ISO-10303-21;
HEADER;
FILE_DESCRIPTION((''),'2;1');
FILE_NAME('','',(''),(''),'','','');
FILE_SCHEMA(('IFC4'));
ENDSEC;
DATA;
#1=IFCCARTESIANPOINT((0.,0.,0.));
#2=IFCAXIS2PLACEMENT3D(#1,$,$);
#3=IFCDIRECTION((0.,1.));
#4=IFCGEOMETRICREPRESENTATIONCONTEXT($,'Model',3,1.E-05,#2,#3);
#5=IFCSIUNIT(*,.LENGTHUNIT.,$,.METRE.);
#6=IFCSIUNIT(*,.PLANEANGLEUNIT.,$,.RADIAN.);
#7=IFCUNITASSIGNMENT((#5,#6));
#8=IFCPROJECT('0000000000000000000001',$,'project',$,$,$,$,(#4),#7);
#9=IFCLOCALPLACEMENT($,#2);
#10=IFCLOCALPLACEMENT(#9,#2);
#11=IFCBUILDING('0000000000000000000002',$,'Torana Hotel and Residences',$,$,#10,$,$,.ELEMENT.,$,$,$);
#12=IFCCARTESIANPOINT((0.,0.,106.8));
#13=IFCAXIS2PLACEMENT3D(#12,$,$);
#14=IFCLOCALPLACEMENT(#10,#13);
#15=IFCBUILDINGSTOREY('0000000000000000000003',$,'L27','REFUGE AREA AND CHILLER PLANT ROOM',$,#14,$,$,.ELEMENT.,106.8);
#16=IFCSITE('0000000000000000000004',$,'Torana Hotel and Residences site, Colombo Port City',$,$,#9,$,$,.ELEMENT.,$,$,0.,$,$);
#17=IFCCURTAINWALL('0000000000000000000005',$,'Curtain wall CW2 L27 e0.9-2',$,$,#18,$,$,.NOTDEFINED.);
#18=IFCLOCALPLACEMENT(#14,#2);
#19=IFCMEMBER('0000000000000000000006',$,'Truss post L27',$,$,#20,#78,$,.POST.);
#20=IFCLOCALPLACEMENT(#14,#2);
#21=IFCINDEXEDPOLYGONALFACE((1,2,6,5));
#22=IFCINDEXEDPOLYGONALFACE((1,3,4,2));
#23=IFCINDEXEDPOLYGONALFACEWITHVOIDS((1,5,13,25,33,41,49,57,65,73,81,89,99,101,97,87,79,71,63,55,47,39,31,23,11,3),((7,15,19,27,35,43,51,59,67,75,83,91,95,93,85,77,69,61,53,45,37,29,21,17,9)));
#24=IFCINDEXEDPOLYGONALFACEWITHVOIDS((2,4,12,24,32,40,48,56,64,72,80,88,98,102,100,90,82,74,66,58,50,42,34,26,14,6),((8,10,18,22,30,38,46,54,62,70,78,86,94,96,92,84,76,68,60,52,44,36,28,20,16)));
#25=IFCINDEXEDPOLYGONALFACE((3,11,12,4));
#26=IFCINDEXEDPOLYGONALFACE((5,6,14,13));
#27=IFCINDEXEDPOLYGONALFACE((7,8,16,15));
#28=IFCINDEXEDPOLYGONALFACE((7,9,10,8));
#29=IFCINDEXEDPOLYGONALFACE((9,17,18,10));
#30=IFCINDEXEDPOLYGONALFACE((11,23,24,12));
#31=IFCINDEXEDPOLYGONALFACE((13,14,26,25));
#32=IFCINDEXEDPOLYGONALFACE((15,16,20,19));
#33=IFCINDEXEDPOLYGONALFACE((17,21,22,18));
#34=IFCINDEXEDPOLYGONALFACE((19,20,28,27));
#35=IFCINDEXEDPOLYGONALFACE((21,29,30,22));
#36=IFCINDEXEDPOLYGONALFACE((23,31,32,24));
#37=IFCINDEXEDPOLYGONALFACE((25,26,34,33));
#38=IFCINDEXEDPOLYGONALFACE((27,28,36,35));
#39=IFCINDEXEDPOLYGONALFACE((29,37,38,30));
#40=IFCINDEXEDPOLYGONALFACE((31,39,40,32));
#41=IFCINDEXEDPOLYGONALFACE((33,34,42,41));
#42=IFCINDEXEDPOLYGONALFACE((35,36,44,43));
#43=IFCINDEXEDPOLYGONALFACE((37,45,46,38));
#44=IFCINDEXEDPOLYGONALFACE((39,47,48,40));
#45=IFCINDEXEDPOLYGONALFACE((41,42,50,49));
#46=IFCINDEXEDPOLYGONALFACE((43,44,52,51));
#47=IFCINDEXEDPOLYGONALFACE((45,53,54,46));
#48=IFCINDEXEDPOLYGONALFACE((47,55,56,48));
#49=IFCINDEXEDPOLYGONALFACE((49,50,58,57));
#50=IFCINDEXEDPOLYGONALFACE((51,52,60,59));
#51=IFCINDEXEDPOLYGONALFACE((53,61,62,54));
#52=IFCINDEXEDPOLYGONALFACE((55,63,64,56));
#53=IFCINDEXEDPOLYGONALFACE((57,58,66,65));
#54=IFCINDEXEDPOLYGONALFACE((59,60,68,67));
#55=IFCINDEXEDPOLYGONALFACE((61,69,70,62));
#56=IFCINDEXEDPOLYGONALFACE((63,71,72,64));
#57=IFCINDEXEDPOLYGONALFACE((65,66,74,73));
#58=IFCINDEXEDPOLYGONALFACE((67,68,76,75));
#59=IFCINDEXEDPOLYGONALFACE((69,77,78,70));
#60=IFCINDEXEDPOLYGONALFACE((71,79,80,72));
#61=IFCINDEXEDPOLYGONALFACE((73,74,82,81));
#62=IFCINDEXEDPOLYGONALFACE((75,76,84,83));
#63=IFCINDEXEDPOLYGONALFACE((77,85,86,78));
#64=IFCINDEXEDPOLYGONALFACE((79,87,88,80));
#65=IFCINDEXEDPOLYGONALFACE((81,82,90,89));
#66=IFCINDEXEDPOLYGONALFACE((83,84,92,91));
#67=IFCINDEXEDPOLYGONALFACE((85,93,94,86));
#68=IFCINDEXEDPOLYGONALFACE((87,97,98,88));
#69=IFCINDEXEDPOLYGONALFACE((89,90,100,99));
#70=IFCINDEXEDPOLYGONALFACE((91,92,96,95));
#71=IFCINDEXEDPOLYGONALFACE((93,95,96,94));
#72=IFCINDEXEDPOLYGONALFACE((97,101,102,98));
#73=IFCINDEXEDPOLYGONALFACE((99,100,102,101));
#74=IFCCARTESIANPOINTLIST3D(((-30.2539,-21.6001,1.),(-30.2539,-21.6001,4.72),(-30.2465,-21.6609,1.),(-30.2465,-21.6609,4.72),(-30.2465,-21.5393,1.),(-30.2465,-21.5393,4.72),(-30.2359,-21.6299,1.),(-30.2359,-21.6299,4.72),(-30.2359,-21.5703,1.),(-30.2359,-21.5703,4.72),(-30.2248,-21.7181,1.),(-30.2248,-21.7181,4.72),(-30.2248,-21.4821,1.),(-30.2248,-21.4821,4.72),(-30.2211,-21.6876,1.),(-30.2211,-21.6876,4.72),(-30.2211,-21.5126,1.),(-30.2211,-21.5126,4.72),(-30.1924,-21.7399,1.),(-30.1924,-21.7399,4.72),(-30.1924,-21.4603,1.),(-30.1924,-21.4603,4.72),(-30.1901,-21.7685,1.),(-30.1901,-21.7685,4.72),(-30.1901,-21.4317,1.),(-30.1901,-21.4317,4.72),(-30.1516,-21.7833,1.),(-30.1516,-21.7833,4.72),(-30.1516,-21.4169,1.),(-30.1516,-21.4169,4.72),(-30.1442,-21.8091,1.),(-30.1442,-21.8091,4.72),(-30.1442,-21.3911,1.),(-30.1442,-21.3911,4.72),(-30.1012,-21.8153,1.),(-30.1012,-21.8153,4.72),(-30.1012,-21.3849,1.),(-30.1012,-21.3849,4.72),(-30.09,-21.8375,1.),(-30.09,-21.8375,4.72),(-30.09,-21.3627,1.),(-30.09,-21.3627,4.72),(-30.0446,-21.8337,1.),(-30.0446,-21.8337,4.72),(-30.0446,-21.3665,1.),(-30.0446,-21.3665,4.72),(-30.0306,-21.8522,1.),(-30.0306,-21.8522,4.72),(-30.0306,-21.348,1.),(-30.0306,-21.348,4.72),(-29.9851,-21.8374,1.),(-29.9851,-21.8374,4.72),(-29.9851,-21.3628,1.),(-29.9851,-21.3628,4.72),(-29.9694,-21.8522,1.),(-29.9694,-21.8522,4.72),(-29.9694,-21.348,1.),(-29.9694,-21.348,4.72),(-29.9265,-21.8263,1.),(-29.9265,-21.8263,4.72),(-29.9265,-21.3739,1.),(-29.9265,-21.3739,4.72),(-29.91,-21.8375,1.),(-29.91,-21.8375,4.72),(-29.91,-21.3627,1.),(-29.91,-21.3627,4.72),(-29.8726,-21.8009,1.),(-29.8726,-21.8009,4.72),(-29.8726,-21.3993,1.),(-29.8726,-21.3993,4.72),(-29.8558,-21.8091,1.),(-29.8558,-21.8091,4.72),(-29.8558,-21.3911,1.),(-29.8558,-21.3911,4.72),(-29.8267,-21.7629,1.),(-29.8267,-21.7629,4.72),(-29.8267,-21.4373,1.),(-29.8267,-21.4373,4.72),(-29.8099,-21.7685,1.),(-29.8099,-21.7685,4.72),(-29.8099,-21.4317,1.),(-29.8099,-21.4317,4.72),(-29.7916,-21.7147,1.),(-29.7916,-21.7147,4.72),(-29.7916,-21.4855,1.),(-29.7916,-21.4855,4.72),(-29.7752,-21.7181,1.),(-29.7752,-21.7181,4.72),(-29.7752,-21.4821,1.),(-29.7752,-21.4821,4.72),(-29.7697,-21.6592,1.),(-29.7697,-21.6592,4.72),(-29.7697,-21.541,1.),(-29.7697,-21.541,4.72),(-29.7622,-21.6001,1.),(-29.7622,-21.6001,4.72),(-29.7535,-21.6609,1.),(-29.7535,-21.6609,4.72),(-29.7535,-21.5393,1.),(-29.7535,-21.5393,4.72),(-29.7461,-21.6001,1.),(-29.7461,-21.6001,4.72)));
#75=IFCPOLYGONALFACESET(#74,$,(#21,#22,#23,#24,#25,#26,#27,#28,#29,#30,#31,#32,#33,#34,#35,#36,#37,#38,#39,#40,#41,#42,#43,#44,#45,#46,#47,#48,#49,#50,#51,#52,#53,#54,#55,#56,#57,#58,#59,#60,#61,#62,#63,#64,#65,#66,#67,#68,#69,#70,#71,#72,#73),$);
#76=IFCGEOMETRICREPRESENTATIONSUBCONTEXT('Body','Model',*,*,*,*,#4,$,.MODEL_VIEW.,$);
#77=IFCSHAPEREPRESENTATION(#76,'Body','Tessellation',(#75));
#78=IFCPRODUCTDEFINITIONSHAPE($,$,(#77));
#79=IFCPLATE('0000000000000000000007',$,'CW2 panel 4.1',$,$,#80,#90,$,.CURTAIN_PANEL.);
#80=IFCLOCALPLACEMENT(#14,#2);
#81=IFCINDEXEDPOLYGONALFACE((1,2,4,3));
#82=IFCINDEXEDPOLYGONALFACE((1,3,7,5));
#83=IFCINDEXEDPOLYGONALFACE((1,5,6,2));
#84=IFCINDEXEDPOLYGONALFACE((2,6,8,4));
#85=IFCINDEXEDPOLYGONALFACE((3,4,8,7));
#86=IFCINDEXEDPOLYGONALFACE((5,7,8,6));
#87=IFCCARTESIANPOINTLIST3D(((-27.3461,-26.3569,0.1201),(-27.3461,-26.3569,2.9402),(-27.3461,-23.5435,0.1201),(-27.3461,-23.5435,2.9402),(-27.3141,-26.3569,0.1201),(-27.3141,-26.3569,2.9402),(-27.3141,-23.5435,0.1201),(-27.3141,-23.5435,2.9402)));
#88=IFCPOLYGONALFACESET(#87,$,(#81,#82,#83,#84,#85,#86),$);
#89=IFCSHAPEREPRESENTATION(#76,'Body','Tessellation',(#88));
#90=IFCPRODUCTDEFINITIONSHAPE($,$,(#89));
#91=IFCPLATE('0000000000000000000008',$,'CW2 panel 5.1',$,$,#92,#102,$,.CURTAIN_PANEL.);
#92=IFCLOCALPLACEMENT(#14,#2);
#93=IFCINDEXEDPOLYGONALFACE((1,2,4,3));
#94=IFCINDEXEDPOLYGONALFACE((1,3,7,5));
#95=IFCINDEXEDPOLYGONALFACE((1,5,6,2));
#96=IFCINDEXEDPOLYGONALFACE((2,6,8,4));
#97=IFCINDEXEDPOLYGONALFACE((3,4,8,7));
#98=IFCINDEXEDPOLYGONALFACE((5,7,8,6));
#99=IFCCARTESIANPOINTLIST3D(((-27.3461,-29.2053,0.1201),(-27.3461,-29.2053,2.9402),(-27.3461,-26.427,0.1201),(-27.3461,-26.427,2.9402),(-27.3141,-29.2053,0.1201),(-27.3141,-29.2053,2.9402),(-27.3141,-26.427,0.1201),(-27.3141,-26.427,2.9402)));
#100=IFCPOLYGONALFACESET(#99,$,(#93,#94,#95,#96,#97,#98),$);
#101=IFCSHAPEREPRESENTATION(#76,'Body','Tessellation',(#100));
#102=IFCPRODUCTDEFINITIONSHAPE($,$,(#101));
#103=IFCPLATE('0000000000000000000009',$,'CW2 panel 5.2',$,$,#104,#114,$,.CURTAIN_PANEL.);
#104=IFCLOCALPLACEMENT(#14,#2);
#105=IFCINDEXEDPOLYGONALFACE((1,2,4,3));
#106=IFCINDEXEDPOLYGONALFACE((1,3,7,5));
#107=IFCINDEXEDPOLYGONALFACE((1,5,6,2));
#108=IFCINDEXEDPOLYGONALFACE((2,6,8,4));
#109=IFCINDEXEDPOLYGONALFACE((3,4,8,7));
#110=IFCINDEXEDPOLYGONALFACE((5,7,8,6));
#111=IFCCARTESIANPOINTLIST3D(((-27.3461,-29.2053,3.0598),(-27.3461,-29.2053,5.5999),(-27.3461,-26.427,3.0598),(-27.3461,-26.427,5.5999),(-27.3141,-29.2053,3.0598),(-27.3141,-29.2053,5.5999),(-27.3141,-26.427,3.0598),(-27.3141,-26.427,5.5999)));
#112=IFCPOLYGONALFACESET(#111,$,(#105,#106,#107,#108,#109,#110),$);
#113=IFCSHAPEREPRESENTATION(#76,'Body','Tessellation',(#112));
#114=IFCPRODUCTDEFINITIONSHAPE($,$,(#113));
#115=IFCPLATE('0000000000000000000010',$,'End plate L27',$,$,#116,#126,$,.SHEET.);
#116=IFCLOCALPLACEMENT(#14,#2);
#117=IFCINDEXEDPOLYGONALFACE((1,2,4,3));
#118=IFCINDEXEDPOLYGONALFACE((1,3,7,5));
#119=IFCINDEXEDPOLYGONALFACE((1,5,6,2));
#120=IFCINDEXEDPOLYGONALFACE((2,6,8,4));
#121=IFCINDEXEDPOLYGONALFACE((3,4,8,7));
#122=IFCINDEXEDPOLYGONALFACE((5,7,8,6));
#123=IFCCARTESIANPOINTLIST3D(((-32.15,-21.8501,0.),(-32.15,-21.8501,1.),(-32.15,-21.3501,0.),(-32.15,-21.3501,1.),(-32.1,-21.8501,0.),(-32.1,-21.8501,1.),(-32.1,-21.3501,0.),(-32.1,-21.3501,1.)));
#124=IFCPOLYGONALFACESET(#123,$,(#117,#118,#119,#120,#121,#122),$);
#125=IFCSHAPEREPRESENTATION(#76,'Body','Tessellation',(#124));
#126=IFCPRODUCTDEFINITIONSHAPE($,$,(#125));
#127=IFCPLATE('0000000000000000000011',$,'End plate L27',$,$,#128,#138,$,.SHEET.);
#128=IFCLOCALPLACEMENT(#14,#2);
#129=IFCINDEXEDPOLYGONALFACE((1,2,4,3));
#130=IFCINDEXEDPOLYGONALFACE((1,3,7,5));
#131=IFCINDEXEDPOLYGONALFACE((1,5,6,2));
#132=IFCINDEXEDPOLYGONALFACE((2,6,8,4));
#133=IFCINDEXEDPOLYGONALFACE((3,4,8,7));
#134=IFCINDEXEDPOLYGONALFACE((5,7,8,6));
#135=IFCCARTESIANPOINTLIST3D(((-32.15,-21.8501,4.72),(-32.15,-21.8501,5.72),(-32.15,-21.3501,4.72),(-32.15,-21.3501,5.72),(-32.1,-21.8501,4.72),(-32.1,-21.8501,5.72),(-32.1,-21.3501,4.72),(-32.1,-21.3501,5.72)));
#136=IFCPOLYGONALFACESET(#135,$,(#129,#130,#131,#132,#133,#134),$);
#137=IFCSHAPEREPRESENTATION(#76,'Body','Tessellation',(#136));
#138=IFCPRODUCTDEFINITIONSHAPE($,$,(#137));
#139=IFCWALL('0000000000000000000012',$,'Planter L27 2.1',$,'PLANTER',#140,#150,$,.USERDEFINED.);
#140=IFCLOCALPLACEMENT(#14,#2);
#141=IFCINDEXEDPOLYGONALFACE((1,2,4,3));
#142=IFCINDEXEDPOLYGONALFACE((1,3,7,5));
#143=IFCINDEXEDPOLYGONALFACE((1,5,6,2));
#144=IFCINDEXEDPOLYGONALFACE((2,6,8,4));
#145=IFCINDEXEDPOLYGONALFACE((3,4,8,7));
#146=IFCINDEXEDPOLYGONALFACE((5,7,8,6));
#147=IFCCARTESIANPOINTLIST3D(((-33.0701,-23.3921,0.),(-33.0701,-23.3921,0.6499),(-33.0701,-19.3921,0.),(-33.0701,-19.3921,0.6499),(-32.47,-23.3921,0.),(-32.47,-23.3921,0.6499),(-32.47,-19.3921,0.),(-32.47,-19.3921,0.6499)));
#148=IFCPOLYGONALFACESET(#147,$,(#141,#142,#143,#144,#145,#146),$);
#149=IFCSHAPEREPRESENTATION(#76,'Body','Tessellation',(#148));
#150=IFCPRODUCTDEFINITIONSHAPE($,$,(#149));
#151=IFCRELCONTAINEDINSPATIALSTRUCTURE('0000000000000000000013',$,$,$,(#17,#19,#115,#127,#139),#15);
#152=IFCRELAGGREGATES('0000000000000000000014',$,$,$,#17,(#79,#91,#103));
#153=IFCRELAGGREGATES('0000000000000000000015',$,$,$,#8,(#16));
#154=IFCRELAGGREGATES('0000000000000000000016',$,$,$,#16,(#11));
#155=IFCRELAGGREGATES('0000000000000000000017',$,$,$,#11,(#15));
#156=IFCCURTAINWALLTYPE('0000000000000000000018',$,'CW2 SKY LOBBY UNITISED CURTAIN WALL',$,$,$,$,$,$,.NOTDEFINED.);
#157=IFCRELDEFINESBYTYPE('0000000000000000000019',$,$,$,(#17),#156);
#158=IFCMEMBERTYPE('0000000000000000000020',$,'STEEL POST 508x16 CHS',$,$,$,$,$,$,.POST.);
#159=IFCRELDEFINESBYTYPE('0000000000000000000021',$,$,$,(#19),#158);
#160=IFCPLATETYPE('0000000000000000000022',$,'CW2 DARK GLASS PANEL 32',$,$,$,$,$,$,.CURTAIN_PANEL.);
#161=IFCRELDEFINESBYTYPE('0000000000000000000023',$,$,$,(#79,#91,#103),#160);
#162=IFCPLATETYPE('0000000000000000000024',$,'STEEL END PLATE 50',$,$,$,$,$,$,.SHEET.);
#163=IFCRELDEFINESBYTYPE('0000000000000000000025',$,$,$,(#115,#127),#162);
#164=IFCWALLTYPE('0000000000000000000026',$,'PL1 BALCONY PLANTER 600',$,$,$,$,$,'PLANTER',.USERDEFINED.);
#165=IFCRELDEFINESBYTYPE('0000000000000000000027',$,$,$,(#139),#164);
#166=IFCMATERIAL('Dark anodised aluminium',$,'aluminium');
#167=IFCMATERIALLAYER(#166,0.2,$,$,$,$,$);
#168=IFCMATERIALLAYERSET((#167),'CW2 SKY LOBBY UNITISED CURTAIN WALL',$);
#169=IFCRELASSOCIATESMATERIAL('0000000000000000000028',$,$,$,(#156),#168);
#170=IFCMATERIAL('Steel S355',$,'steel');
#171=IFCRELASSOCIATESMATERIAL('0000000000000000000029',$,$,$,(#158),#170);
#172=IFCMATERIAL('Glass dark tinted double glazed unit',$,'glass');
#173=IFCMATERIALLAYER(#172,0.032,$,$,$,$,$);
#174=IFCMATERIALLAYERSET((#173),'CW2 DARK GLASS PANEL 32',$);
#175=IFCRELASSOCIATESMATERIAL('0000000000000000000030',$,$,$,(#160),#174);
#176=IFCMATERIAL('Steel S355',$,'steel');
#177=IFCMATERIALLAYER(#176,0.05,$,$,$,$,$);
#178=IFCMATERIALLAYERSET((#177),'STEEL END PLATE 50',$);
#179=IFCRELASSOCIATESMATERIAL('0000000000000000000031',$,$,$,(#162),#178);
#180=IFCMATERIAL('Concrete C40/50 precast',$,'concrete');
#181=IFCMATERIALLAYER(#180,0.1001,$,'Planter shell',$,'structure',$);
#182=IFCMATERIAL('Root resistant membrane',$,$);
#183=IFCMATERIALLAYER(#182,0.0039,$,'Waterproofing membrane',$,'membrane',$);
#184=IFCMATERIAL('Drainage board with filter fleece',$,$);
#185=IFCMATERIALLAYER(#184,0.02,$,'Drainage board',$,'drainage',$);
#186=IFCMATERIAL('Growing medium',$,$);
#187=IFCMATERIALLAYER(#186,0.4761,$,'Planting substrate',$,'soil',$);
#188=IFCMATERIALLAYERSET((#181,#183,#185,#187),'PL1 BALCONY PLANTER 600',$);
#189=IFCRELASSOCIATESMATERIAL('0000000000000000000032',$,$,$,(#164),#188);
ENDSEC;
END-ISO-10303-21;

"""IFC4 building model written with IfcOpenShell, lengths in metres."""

from ifc_helpers import new_model, si_unit, direction, frame, frame_2d, origin, origin_2d, place, context, subcontext, project, spatial, rectangle, hollow_circle, extrude, material, layer, layer_set, material_profile, profile_set, type_object, element, aggregate, save


model = new_model("IFC4")

# Units and contexts
model_context = context("Model", 3, precision=1e-05, world=origin(), true_north=direction((0.0, 1.0)))
body_context = subcontext(model_context, "Body", "Model", "MODEL_VIEW")
ifc_project = project(units=[si_unit("LENGTHUNIT", "METRE"), si_unit("PLANEANGLEUNIT", "RADIAN")], contexts=[model_context])

# Site, building, storey
site_placement = place(None, origin())
site = spatial("IfcSite", under=ifc_project, at=site_placement, Name="Torana Hotel and Residences site, Colombo Port City", CompositionType="ELEMENT", RefElevation=0.0)
building_placement = place(site_placement, origin())
building = spatial("IfcBuilding", under=site, at=building_placement, Name="Torana Hotel and Residences", CompositionType="ELEMENT")
storey_placement = place(building_placement, frame((0.0, 0.0, 106.8)))
storey = spatial("IfcBuildingStorey", under=building, at=storey_placement, Name="L27", Description="REFUGE AREA AND CHILLER PLANT ROOM", CompositionType="ELEMENT", Elevation=106.8)

# Curtain wall
ifc_material_1 = material(Name="Dark anodised aluminium", Category="aluminium")
ifc_layer_1 = layer(ifc_material_1, 0.2)
ifc_layer_set_1 = layer_set([ifc_layer_1], Name="CW2 SKY LOBBY UNITISED CURTAIN WALL")
curtain_wall_type = type_object("IfcCurtainWallType", Name="CW2 SKY LOBBY UNITISED CURTAIN WALL", PredefinedType="NOTDEFINED", material=ifc_layer_set_1)
curtain_wall_placement = place(storey_placement, origin())
curtain_wall = element("IfcCurtainWall", 1, at=curtain_wall_placement, inside=storey, type_object=curtain_wall_type, Name="Curtain wall CW2 L27 e0.9-2", PredefinedType="NOTDEFINED")

# Member
ifc_material_2 = material(Name="Steel S355", Category="steel")
ifc_material_profile_1 = material_profile(ifc_material_2, hollow_circle(Radius=0.2539, WallThickness=0.0161, at=origin_2d()), Name="508x16 CHS")
ifc_profile_set_1 = profile_set([ifc_material_profile_1], Name="Steel S355")
member_type_1 = type_object("IfcMemberType", Name="STEEL POST 508x16 CHS", PredefinedType="POST", material=ifc_profile_set_1)
for number, where, z_axis, x_axis, name in (
    (2, (-30.0, -21.6001, 1.0), (0.0, 0.0, 1.0), (1.0, 0.0, 0.0), "Truss post L27"),
):
    element("IfcMember", number, at=place(storey_placement, frame(where, z_axis=z_axis, x_axis=x_axis)), inside=storey, type_object=member_type_1, Name=name, PredefinedType="POST", context=body_context, shape_type="SweptSolid", body=[
        extrude(hollow_circle(Radius=0.2539, WallThickness=0.0161, at=origin_2d()), origin(), (0.0, 0.0, 1.0), 3.72),
    ])

# Plates
ifc_material_3 = material(Name="Glass dark tinted double glazed unit", Category="glass")
ifc_layer_2 = layer(ifc_material_3, 0.032)
ifc_layer_set_2 = layer_set([ifc_layer_2], Name="CW2 DARK GLASS PANEL 32")
plate_type_1 = type_object("IfcPlateType", Name="CW2 DARK GLASS PANEL 32", PredefinedType="CURTAIN_PANEL", material=ifc_layer_set_2)
plate_1_placement = place(storey_placement, frame((-27.3301, -24.9502, 0.1201), z_axis=(0.0, 0.0, 1.0), x_axis=(0.0, -1.0, 0.0)))
plate_1 = element("IfcPlate", 3, at=plate_1_placement, type_object=plate_type_1, Name="CW2 panel 4.1", PredefinedType="CURTAIN_PANEL", context=body_context, shape_type="SweptSolid", body=[
    extrude(rectangle(XDim=2.8135, YDim=0.032, at=origin_2d()), origin(), (0.0, 0.0, 1.0), 2.8201),
])
plate_2_placement = place(storey_placement, frame((-27.3301, -27.8162, 0.1201), z_axis=(0.0, 0.0, 1.0), x_axis=(0.0, -1.0, 0.0)))
plate_2 = element("IfcPlate", 4, at=plate_2_placement, type_object=plate_type_1, Name="CW2 panel 5.1", PredefinedType="CURTAIN_PANEL", context=body_context, shape_type="SweptSolid", body=[
    extrude(rectangle(XDim=2.7783, YDim=0.032, at=origin_2d()), origin(), (0.0, 0.0, 1.0), 2.8201),
])
plate_3_placement = place(storey_placement, frame((-27.3301, -27.8162, 3.0598), z_axis=(0.0, 0.0, 1.0), x_axis=(0.0, -1.0, 0.0)))
plate_3 = element("IfcPlate", 5, at=plate_3_placement, type_object=plate_type_1, Name="CW2 panel 5.2", PredefinedType="CURTAIN_PANEL", context=body_context, shape_type="SweptSolid", body=[
    extrude(rectangle(XDim=2.7783, YDim=0.032, at=origin_2d()), origin(), (0.0, 0.0, 1.0), 2.54),
])
aggregate(curtain_wall, [plate_1, plate_2, plate_3])

# Plates
ifc_material_4 = material(Name="Steel S355", Category="steel")
ifc_layer_3 = layer(ifc_material_4, 0.05)
ifc_layer_set_3 = layer_set([ifc_layer_3], Name="STEEL END PLATE 50")
plate_type_2 = type_object("IfcPlateType", Name="STEEL END PLATE 50", PredefinedType="SHEET", material=ifc_layer_set_3)
for number, where, z_axis, x_axis, name in (
    (6, (-32.125, -21.6001, 0.0), (0.0, 0.0, 1.0), (-1.0, 0.0, 0.0), "End plate L27"),
    (7, (-32.125, -21.6001, 4.72), (0.0, 0.0, 1.0), (-1.0, 0.0, 0.0), "End plate L27"),
):
    element("IfcPlate", number, at=place(storey_placement, frame(where, z_axis=z_axis, x_axis=x_axis)), inside=storey, type_object=plate_type_2, Name=name, PredefinedType="SHEET", context=body_context, shape_type="SweptSolid", body=[
        extrude(rectangle(XDim=0.05, YDim=0.5, at=origin_2d()), origin(), (0.0, 0.0, 1.0), 1.0),
    ])

# Wall
ifc_material_5 = material(Name="Concrete C40/50 precast", Category="concrete")
ifc_layer_4 = layer(ifc_material_5, 0.1001, Name="Planter shell", Category="structure")
ifc_material_6 = material(Name="Root resistant membrane")
ifc_layer_5 = layer(ifc_material_6, 0.0039, Name="Waterproofing membrane", Category="membrane")
ifc_material_7 = material(Name="Drainage board with filter fleece")
ifc_layer_6 = layer(ifc_material_7, 0.02, Name="Drainage board", Category="drainage")
ifc_material_8 = material(Name="Growing medium")
ifc_layer_7 = layer(ifc_material_8, 0.4761, Name="Planting substrate", Category="soil")
ifc_layer_set_4 = layer_set([ifc_layer_4, ifc_layer_5, ifc_layer_6, ifc_layer_7], Name="PL1 BALCONY PLANTER 600")
wall_type = type_object("IfcWallType", Name="PL1 BALCONY PLANTER 600", ElementType="PLANTER", PredefinedType="USERDEFINED", material=ifc_layer_set_4)
wall_placement = place(storey_placement, frame((-32.77, -23.3921, 0.0), z_axis=(0.0, 0.0, 1.0), x_axis=(0.0, 1.0, 0.0)))
element("IfcWall", 8, at=wall_placement, inside=storey, type_object=wall_type, Name="Planter L27 2.1", ObjectType="PLANTER", PredefinedType="USERDEFINED", context=body_context, shape_type="SweptSolid", body=[
    extrude(rectangle(XDim=4.0, YDim=0.6001, at=frame_2d((2.0, 0.0))), origin(), (0.0, 0.0, 1.0), 0.6499),
])

save(model, "model.ifc")
